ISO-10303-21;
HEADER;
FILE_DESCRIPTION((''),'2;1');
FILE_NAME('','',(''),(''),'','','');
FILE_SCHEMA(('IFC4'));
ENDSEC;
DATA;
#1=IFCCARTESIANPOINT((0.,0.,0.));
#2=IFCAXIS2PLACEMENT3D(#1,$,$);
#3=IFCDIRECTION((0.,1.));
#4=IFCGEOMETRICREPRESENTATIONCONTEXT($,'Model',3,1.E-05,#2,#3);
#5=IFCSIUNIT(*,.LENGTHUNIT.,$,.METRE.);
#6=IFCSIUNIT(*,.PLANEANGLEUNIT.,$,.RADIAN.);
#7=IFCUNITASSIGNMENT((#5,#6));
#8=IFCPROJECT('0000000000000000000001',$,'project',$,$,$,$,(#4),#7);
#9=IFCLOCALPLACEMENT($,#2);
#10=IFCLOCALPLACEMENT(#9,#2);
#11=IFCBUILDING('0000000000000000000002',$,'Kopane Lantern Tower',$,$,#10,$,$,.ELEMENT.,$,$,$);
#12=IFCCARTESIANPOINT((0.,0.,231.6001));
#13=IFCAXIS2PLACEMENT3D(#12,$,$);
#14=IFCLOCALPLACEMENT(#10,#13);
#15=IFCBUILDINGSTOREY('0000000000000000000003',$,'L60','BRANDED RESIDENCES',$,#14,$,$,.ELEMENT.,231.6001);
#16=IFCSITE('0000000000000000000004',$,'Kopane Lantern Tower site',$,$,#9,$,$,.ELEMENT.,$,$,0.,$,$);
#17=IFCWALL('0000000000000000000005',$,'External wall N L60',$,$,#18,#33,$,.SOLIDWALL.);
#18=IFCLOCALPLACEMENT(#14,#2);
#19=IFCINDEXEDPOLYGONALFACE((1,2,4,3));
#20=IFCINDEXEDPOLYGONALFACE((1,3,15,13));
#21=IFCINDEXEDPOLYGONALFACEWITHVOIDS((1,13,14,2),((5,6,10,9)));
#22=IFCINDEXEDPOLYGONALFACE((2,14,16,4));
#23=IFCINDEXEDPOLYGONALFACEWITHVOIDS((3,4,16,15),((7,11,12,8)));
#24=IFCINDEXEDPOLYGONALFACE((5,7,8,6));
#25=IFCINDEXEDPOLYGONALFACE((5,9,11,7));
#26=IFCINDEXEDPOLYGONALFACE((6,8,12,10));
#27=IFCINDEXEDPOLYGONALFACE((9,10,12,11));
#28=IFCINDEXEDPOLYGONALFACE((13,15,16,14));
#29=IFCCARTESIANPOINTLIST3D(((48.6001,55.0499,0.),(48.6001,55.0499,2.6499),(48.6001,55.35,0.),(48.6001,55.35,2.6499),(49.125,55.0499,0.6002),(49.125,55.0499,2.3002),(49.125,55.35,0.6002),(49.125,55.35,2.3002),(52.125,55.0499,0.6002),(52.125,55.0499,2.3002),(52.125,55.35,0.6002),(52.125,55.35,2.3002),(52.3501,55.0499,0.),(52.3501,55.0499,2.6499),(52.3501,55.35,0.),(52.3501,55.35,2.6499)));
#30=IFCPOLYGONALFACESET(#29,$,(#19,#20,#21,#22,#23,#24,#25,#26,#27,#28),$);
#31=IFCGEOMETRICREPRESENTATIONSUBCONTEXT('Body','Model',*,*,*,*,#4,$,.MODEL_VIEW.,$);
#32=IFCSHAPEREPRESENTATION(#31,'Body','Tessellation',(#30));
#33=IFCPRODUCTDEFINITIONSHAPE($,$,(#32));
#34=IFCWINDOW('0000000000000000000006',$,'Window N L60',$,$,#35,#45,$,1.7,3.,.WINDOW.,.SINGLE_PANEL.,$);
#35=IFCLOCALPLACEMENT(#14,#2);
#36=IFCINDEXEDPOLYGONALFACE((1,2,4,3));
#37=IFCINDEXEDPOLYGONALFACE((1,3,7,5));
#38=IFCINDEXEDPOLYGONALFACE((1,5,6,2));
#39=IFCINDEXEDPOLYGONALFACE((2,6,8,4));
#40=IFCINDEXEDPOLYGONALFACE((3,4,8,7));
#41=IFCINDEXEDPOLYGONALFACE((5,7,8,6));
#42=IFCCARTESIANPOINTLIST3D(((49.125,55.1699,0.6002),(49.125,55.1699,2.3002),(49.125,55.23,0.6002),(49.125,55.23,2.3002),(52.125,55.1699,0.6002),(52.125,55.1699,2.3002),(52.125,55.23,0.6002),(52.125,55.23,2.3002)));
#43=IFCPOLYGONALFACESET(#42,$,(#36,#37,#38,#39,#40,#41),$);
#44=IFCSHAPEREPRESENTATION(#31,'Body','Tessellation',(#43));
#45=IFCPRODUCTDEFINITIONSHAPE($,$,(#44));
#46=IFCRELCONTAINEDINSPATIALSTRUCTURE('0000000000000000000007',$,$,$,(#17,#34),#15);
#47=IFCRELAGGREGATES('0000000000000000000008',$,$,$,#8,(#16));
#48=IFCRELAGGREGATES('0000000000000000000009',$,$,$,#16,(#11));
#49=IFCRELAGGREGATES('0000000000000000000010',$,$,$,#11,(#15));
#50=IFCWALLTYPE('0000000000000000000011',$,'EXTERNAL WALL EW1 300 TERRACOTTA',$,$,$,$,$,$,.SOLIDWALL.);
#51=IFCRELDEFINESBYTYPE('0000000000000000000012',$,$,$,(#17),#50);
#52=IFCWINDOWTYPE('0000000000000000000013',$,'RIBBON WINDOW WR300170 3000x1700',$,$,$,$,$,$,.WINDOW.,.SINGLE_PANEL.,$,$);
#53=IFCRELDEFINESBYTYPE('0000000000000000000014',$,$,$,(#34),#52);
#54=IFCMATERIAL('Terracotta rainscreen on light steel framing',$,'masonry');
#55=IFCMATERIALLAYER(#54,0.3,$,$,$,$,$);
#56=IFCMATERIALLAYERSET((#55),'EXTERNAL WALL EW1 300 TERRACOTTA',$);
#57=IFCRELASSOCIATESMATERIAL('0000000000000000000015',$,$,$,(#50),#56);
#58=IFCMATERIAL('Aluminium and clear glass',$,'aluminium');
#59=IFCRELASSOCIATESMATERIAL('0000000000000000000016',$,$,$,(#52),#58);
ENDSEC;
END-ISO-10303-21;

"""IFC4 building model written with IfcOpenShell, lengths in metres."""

from ifc_helpers import new_model, si_unit, direction, frame, frame_2d, origin, place, context, subcontext, project, spatial, rectangle, extrude, material, layer, layer_set, type_object, element, fill, save


model = new_model("IFC4")

# Units and contexts
model_context = context("Model", 3, precision=1e-05, world=origin(), true_north=direction((0.0, 1.0)))
body_context = subcontext(model_context, "Body", "Model", "MODEL_VIEW")
ifc_project = project(units=[si_unit("LENGTHUNIT", "METRE"), si_unit("PLANEANGLEUNIT", "RADIAN")], contexts=[model_context])

# Site, building, storey
site_placement = place(None, origin())
site = spatial("IfcSite", under=ifc_project, at=site_placement, Name="Kopane Lantern Tower site", CompositionType="ELEMENT", RefElevation=0.0)
building_placement = place(site_placement, origin())
building = spatial("IfcBuilding", under=site, at=building_placement, Name="Kopane Lantern Tower", CompositionType="ELEMENT")
storey_placement = place(building_placement, frame((0.0, 0.0, 231.6001)))
storey = spatial("IfcBuildingStorey", under=building, at=storey_placement, Name="L60", Description="BRANDED RESIDENCES", CompositionType="ELEMENT", Elevation=231.6001)

# Wall, opening, window
ifc_material_1 = material(Name="Terracotta rainscreen on light steel framing", Category="masonry")
ifc_layer = layer(ifc_material_1, 0.3)
ifc_layer_set = layer_set([ifc_layer], Name="EXTERNAL WALL EW1 300 TERRACOTTA")
wall_type = type_object("IfcWallType", Name="EXTERNAL WALL EW1 300 TERRACOTTA", PredefinedType="SOLIDWALL", material=ifc_layer_set)
ifc_material_2 = material(Name="Aluminium and clear glass", Category="aluminium")
window_type = type_object("IfcWindowType", Name="RIBBON WINDOW WR300170 3000x1700", PartitioningType="SINGLE_PANEL", PredefinedType="WINDOW", material=ifc_material_2)
wall_1_placement = place(storey_placement, frame((52.3501, 55.2, 0.0), z_axis=(0.0, 0.0, 1.0), x_axis=(-1.0, 0.0, 0.0)))
wall_1 = element("IfcWall", 1, at=wall_1_placement, inside=storey, type_object=wall_type, Name="External wall N L60", PredefinedType="SOLIDWALL", context=body_context, shape_type="SweptSolid", body=[
    extrude(rectangle(XDim=3.75, YDim=0.3, at=frame_2d((1.875, 0.0))), origin(), (0.0, 0.0, 1.0), 2.6499),
])
opening_1_placement = place(wall_1_placement, frame((0.2251, 0.0, 0.6001)))
opening_1 = element("IfcOpeningElement", 2, at=opening_1_placement, cuts=wall_1, PredefinedType="OPENING", context=body_context, shape_type="SweptSolid", body=[
    extrude(rectangle(XDim=3.0, YDim=1.7, at=frame_2d((1.5, 0.8501))), frame((0.0, 0.1599, 0.0), z_axis=(0.0, -1.0, 0.0), x_axis=(1.0, 0.0, 0.0)), (0.0, 0.0, 1.0), 0.3201),
])
window_1_placement = place(opening_1_placement, origin())
window_1 = element("IfcWindow", 3, at=window_1_placement, inside=storey, type_object=window_type, Name="Window N L60", OverallHeight=1.7, OverallWidth=3.0, PartitioningType="SINGLE_PANEL", PredefinedType="WINDOW", context=body_context, shape_type="SweptSolid", body=[
    extrude(rectangle(XDim=3.0, YDim=1.7, at=frame_2d((1.5, 0.8501))), frame((0.0, 0.03, 0.0), z_axis=(0.0, -1.0, 0.0), x_axis=(1.0, 0.0, 0.0)), (0.0, 0.0, 1.0), 0.0601),
])
fill(opening_1, window_1)

save(model, "model.ifc")
